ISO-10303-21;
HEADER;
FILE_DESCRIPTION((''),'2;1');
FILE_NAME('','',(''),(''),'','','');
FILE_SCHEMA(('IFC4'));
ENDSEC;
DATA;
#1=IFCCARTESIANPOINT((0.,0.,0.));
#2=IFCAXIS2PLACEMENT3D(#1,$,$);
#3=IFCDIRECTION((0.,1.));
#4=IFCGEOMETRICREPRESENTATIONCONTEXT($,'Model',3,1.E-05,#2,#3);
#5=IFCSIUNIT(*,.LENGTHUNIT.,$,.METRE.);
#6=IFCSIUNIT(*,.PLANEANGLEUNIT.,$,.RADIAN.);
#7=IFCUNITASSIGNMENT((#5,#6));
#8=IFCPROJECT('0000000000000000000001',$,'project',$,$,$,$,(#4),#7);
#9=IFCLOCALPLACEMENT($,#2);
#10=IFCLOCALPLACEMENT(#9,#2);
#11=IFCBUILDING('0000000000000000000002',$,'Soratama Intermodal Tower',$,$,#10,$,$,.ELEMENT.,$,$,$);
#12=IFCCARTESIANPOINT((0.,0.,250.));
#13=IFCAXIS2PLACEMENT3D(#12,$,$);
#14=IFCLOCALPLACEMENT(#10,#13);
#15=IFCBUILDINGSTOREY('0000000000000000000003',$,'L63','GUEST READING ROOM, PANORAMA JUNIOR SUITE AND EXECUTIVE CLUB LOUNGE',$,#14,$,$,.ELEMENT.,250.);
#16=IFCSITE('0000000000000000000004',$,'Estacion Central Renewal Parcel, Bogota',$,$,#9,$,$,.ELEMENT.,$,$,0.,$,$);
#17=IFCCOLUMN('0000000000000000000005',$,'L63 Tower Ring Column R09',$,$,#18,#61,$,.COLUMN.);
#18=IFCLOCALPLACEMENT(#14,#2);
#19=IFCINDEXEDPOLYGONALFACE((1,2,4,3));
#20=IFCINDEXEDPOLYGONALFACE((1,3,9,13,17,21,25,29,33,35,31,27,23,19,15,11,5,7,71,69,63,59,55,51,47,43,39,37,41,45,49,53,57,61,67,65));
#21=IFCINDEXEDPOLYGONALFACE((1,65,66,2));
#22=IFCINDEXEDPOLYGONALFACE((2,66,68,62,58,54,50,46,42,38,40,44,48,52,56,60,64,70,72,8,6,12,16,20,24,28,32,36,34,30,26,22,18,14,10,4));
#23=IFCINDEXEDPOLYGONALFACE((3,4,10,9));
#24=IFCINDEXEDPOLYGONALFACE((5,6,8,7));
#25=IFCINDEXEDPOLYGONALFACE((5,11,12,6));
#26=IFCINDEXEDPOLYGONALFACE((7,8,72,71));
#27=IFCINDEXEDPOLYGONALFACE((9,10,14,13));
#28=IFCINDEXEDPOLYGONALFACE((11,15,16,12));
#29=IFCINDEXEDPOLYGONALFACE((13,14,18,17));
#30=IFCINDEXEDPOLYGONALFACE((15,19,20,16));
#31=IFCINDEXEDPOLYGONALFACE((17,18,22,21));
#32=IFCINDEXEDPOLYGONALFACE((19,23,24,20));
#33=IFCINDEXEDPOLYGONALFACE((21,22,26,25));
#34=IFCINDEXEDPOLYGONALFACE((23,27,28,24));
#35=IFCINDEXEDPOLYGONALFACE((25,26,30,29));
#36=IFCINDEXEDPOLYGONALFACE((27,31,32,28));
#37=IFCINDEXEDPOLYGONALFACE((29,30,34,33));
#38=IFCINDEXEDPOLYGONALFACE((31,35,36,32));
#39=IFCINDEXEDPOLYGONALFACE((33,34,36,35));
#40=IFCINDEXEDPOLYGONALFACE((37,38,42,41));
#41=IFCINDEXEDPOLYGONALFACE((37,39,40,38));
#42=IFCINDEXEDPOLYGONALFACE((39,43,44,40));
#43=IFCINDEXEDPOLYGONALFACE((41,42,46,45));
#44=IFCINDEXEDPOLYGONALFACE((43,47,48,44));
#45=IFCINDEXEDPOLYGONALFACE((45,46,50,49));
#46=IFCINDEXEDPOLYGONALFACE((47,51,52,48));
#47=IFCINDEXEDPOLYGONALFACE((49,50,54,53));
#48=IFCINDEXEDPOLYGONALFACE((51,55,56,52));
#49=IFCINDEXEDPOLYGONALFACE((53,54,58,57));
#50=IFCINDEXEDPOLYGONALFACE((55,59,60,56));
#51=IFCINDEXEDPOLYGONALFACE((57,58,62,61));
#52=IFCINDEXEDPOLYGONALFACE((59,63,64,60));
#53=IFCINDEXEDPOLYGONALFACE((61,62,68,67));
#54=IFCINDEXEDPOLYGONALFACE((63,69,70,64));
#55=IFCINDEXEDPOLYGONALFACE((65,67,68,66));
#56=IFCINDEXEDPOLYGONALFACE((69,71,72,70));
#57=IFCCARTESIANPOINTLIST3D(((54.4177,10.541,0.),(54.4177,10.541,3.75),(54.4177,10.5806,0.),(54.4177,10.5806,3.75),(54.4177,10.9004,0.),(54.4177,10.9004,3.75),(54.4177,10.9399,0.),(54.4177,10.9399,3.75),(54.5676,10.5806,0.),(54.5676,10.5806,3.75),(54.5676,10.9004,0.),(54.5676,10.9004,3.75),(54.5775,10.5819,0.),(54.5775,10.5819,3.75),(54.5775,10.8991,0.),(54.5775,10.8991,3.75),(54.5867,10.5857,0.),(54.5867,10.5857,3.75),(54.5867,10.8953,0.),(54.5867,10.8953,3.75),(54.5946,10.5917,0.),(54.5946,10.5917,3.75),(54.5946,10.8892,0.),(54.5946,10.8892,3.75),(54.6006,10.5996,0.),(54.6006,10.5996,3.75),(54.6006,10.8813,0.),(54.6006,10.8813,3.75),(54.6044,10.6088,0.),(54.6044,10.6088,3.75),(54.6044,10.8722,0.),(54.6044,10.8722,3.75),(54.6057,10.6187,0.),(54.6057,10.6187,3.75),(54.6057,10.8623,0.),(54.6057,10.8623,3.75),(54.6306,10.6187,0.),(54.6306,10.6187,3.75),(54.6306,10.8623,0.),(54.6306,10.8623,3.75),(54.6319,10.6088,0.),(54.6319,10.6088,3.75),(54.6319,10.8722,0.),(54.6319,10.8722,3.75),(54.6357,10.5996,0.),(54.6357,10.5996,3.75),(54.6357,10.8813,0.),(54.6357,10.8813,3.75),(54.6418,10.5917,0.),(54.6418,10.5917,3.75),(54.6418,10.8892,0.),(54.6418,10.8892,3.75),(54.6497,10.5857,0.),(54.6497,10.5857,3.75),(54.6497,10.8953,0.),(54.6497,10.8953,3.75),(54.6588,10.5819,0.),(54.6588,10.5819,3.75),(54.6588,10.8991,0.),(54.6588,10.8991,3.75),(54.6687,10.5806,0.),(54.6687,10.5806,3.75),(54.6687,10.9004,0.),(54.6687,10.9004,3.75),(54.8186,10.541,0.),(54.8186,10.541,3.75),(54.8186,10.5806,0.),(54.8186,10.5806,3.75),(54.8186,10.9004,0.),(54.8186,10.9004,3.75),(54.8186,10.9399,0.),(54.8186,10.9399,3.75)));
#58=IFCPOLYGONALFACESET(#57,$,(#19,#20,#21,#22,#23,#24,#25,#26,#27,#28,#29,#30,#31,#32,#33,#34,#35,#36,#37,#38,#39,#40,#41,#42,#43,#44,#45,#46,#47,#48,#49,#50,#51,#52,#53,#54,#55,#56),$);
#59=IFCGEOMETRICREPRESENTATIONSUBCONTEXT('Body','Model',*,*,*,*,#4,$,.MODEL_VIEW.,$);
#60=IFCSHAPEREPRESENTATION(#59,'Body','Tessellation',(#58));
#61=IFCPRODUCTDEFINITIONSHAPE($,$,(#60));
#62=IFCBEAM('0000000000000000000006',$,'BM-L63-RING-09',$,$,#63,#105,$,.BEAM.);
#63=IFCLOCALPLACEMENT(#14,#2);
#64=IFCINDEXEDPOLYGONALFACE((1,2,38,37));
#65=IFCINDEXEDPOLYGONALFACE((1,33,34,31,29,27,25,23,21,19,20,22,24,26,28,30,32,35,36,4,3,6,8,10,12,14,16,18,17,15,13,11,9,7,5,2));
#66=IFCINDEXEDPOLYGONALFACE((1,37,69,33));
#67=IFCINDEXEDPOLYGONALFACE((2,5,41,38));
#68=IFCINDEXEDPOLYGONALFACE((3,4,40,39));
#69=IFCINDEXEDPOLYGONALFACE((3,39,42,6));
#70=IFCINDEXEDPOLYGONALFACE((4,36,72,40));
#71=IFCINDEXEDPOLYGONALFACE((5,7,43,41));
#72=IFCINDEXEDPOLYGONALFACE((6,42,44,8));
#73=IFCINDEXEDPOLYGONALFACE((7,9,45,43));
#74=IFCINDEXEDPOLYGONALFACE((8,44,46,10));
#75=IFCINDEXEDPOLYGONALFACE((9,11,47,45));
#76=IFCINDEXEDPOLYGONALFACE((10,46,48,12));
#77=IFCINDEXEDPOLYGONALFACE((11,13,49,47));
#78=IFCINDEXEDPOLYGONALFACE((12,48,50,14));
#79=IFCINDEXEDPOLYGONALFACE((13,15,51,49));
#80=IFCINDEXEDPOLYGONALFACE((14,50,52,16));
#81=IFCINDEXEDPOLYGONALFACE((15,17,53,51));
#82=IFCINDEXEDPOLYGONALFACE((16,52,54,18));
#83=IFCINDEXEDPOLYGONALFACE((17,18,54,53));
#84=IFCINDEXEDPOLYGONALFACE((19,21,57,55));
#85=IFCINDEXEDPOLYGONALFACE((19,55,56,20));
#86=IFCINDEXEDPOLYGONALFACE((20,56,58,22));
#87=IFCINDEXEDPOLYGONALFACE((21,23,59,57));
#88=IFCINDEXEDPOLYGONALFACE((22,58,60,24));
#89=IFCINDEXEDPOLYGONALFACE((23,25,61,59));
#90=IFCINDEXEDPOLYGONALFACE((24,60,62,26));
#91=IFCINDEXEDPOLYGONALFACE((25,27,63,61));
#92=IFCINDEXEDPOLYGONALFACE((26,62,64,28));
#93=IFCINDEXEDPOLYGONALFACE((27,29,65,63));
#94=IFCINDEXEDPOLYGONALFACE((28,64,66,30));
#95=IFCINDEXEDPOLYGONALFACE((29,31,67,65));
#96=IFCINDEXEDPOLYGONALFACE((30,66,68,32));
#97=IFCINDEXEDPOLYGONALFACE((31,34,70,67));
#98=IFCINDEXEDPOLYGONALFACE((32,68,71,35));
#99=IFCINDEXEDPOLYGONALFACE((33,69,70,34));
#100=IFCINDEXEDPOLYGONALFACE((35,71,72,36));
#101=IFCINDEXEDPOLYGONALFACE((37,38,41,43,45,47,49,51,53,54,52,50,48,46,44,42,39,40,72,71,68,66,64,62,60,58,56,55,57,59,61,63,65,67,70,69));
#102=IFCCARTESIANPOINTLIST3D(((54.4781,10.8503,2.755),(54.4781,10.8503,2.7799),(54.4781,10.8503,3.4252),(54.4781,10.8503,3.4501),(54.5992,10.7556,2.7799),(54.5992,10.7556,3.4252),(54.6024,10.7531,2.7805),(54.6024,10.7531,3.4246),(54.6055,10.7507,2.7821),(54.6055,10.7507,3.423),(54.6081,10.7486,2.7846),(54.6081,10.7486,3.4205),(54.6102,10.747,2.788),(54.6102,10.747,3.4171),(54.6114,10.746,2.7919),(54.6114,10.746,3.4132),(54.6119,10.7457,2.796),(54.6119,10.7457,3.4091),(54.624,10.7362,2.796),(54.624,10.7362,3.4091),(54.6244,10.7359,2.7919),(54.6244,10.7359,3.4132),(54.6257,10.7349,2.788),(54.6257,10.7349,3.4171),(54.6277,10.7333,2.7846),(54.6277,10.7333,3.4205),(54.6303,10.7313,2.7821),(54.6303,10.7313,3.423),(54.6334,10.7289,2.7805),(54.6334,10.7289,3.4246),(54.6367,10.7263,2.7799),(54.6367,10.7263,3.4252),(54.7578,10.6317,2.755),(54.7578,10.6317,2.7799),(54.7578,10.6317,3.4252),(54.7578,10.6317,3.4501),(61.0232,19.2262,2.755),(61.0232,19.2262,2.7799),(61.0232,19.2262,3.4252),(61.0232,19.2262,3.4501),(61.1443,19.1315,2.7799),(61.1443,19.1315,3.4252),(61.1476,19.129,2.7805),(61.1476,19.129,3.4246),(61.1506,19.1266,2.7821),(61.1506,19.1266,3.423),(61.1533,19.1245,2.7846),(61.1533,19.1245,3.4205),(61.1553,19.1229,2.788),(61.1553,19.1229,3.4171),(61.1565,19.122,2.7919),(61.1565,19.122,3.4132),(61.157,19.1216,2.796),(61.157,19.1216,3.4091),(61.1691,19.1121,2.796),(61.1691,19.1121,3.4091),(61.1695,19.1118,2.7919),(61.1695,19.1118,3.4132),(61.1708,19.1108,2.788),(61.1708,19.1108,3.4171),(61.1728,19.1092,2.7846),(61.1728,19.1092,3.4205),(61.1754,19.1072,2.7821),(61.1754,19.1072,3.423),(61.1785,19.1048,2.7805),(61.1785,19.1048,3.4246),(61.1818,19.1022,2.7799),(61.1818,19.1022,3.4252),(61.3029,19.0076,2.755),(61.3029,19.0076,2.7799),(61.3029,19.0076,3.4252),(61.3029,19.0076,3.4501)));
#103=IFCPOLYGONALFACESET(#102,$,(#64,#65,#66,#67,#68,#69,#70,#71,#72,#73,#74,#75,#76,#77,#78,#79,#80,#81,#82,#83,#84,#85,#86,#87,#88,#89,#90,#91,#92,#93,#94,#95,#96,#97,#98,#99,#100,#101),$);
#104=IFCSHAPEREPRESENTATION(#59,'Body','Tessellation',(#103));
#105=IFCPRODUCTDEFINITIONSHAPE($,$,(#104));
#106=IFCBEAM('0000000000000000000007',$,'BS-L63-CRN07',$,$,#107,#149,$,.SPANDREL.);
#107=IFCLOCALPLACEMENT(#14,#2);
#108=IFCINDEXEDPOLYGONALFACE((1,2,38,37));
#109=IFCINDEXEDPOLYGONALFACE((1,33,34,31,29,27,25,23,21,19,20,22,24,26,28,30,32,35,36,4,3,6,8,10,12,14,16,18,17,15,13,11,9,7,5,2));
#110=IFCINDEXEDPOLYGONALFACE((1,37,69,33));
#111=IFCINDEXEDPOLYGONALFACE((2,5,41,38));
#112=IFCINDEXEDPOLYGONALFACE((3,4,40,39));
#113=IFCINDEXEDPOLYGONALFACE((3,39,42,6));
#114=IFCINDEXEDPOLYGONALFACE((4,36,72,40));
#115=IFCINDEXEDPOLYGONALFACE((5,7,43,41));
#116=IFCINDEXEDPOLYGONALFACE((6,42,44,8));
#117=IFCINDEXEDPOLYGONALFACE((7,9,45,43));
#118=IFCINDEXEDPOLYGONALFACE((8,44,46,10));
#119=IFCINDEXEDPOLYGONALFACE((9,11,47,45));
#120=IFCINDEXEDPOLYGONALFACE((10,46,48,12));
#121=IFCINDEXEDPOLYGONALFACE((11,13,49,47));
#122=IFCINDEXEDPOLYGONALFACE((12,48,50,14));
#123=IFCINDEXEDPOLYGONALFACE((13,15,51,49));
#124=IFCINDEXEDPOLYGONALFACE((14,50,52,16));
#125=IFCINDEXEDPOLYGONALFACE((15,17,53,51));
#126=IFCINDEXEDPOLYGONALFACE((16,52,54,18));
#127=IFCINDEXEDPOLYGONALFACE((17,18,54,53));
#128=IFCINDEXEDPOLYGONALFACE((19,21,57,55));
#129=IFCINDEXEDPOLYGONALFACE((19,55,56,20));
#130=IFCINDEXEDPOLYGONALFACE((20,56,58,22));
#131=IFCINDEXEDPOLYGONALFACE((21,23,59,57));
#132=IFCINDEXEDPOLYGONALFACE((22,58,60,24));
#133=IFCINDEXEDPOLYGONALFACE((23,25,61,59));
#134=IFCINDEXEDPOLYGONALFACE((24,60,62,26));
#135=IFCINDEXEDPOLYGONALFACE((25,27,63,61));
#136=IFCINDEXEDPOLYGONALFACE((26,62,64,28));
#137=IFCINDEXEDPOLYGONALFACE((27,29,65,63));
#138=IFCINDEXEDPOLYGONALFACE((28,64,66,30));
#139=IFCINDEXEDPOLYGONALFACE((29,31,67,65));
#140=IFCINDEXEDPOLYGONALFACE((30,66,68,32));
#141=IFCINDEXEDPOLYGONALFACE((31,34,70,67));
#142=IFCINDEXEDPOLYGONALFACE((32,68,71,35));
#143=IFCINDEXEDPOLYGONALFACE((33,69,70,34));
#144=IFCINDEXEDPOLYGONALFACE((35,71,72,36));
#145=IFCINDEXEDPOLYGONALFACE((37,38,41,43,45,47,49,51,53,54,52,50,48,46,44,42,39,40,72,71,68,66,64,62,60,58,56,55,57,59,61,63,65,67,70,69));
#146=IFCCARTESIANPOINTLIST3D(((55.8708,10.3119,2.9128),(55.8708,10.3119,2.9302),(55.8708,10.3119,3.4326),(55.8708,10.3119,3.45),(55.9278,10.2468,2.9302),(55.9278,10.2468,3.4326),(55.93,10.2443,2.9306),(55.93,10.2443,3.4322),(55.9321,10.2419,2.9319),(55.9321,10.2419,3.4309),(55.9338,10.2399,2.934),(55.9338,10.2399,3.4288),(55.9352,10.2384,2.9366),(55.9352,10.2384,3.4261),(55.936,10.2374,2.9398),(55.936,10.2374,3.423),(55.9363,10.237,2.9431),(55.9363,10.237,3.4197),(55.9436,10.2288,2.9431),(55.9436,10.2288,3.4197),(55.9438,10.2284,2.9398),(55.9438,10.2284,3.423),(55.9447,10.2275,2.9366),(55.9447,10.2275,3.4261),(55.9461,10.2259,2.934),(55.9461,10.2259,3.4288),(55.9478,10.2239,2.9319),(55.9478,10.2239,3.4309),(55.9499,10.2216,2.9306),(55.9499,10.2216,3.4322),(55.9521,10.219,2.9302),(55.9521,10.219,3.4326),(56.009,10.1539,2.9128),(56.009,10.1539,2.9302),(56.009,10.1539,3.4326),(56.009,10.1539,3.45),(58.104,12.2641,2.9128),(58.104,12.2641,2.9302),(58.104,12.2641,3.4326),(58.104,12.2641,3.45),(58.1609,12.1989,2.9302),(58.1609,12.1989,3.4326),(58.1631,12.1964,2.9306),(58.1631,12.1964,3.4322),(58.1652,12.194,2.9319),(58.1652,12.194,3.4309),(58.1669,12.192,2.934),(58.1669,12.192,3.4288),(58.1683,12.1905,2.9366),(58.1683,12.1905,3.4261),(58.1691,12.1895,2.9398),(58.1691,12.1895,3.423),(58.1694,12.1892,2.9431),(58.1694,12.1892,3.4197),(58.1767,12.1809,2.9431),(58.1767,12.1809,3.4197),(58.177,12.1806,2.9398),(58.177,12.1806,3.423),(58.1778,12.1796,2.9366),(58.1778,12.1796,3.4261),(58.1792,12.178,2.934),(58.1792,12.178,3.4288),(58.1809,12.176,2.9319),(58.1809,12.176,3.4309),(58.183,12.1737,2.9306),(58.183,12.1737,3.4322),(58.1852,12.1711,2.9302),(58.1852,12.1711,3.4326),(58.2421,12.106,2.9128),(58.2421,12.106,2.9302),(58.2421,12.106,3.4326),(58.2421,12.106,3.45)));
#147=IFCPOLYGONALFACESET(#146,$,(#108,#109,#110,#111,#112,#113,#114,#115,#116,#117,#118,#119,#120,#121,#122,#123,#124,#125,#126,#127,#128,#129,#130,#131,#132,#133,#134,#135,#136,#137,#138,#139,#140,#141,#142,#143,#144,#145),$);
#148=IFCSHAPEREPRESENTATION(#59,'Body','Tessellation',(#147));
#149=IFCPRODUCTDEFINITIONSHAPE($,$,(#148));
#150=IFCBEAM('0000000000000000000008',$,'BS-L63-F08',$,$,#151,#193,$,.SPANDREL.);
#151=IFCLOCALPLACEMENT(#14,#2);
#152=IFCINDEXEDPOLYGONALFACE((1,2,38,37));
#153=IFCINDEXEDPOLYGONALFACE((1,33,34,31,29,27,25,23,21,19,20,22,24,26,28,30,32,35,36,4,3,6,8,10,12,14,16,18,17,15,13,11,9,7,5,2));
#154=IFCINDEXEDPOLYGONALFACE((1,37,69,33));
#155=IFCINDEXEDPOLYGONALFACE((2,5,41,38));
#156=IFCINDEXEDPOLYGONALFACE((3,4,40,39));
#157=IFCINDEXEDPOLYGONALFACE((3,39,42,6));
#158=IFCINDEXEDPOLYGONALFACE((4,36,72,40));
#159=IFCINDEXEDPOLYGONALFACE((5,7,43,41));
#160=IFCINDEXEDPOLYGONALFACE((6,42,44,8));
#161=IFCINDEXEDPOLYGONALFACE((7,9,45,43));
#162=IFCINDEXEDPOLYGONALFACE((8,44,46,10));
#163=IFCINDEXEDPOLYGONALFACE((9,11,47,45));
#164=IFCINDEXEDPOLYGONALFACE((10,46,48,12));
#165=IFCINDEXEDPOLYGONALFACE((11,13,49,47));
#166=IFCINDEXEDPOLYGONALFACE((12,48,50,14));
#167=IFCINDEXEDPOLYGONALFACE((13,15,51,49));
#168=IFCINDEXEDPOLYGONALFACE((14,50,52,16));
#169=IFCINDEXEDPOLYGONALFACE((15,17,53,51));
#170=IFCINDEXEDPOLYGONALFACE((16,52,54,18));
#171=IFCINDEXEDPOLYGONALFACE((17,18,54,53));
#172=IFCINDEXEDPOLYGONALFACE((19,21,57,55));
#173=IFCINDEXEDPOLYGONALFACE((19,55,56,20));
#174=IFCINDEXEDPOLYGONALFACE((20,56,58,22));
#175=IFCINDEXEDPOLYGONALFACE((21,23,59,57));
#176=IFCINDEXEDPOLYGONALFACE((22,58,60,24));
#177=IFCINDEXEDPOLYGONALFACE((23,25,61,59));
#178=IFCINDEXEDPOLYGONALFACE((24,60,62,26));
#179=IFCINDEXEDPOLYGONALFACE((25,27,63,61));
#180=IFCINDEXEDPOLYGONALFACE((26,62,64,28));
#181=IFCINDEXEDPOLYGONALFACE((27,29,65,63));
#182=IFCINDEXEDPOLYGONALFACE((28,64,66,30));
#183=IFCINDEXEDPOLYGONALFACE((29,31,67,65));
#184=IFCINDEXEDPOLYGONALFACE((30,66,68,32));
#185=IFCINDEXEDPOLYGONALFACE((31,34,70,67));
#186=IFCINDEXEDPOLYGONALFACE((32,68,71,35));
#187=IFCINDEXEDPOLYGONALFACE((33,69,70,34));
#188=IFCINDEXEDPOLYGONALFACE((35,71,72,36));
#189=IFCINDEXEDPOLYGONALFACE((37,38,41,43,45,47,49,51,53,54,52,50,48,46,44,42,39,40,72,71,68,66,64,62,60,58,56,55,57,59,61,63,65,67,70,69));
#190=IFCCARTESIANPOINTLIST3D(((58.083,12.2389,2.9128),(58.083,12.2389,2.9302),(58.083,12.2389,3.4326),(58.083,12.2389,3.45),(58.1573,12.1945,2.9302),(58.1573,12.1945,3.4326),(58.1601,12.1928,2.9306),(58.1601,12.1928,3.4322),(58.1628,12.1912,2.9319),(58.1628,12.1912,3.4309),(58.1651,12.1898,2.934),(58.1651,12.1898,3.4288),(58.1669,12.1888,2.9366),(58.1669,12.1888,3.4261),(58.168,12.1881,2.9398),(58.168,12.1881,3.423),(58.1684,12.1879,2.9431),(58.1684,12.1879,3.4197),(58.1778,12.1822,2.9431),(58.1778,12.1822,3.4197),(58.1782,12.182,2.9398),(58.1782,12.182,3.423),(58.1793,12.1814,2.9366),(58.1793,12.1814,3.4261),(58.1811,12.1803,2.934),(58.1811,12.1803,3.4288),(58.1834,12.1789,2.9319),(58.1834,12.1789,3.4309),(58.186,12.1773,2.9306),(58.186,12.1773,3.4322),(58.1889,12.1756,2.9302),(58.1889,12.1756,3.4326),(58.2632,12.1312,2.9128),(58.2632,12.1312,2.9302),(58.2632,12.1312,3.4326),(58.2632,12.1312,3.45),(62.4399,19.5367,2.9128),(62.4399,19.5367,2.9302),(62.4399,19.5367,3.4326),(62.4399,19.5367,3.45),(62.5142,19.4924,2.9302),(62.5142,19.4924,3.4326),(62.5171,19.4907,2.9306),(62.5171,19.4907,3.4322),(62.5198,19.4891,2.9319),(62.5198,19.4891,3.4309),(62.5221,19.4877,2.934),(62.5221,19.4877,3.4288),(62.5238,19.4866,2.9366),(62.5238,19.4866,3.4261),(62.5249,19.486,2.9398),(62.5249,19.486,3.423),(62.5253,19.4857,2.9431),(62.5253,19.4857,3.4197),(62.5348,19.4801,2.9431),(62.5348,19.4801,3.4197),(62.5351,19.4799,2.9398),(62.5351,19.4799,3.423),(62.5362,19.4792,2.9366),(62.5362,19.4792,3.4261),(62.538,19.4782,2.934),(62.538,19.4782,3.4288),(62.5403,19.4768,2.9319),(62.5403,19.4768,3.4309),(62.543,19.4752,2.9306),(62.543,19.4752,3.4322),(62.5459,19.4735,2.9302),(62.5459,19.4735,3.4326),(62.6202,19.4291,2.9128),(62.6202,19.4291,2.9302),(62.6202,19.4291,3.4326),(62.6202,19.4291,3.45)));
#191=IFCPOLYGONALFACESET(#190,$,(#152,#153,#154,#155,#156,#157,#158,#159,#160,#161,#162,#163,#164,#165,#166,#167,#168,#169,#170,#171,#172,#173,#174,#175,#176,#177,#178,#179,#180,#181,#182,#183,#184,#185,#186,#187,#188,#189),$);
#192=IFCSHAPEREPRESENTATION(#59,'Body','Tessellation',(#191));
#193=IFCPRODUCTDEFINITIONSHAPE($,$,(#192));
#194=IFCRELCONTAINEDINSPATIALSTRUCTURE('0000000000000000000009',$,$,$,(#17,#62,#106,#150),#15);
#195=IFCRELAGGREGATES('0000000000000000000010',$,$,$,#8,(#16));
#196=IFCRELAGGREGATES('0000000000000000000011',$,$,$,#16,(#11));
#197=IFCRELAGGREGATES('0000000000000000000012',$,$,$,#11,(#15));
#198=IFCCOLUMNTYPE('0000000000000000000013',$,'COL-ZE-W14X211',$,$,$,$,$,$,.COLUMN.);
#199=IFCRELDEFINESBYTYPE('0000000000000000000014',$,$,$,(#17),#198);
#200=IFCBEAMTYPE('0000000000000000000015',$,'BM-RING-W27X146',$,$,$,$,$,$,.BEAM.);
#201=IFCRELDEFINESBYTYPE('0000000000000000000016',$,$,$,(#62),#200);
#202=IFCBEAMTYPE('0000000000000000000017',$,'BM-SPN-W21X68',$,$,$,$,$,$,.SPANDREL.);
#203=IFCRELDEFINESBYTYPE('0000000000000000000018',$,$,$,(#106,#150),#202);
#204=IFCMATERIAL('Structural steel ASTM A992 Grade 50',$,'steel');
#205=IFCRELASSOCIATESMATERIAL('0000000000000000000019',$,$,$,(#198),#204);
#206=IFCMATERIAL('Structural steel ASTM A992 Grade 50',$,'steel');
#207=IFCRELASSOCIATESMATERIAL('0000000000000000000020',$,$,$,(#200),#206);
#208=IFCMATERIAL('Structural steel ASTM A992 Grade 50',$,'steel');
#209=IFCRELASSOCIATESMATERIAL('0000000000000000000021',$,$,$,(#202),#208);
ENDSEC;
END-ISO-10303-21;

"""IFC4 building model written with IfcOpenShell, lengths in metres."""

from ifc_helpers import new_model, si_unit, direction, frame, origin, origin_2d, place, context, subcontext, project, spatial, i_section, extrude, material, material_profile, profile_set, type_object, element, save


model = new_model("IFC4")

# Units and contexts
model_context = context("Model", 3, precision=1e-05, world=origin(), true_north=direction((0.0, 1.0)))
body_context = subcontext(model_context, "Body", "Model", "MODEL_VIEW")
ifc_project = project(units=[si_unit("LENGTHUNIT", "METRE"), si_unit("PLANEANGLEUNIT", "RADIAN")], contexts=[model_context])

# Site, building, storey
site_placement = place(None, origin())
site = spatial("IfcSite", under=ifc_project, at=site_placement, Name="Estacion Central Renewal Parcel, Bogota", CompositionType="ELEMENT", RefElevation=0.0)
building_placement = place(site_placement, origin())
building = spatial("IfcBuilding", under=site, at=building_placement, Name="Soratama Intermodal Tower", CompositionType="ELEMENT")
storey_placement = place(building_placement, frame((0.0, 0.0, 250.0)))
storey = spatial("IfcBuildingStorey", under=building, at=storey_placement, Name="L63", Description="GUEST READING ROOM, PANORAMA JUNIOR SUITE AND EXECUTIVE CLUB LOUNGE", CompositionType="ELEMENT", Elevation=250.0)

# Column
ifc_material_1 = material(Name="Structural steel ASTM A992 Grade 50", Category="steel")
ifc_material_profile_1 = material_profile(ifc_material_1, i_section(OverallWidth=0.4009, OverallDepth=0.3989, WebThickness=0.0249, FlangeThickness=0.0396, FilletRadius=0.0381, at=origin_2d()), Name="W14X211")
ifc_profile_set_1 = profile_set([ifc_material_profile_1], Name="Structural steel ASTM A992 Grade 50")
column_type = type_object("IfcColumnType", Name="COL-ZE-W14X211", PredefinedType="COLUMN", material=ifc_profile_set_1)
column_placement = place(storey_placement, frame((54.6182, 10.7405, 0.0), z_axis=(0.0, 0.0, 1.0), x_axis=(1.0, 0.0, 0.0)))
element("IfcColumn", 1, at=column_placement, inside=storey, type_object=column_type, Name="L63 Tower Ring Column R09", PredefinedType="COLUMN", context=body_context, shape_type="SweptSolid", body=[
    extrude(i_section(OverallWidth=0.4009, OverallDepth=0.3989, WebThickness=0.0249, FlangeThickness=0.0396, FilletRadius=0.0381, at=origin_2d()), origin(), (0.0, 0.0, 1.0), 3.75),
])

# Beams
ifc_material_2 = material(Name="Structural steel ASTM A992 Grade 50", Category="steel")
ifc_material_profile_2 = material_profile(ifc_material_2, i_section(OverallWidth=0.355, OverallDepth=0.6951, WebThickness=0.0154, FlangeThickness=0.0249, FilletRadius=0.0161, at=origin_2d()), Name="W27X146")
ifc_profile_set_2 = profile_set([ifc_material_profile_2], Name="Structural steel ASTM A992 Grade 50")
beam_type_1 = type_object("IfcBeamType", Name="BM-RING-W27X146", PredefinedType="BEAM", material=ifc_profile_set_2)
beam_1_placement = place(storey_placement, frame((54.6179, 10.741, 3.1025), z_axis=(0.615728, 0.787959, 0.0), x_axis=(-0.787959, 0.615728, 0.0)))
element("IfcBeam", 2, at=beam_1_placement, inside=storey, type_object=beam_type_1, Name="BM-L63-RING-09", PredefinedType="BEAM", context=body_context, shape_type="SweptSolid", body=[
    extrude(i_section(OverallWidth=0.355, OverallDepth=0.6951, WebThickness=0.0154, FlangeThickness=0.0249, FilletRadius=0.0161, at=origin_2d()), origin(), (0.0, 0.0, 1.0), 10.6299),
])
ifc_material_3 = material(Name="Structural steel ASTM A992 Grade 50", Category="steel")
ifc_material_profile_3 = material_profile(ifc_material_3, i_section(OverallWidth=0.21, OverallDepth=0.5371, WebThickness=0.011, FlangeThickness=0.0173, FilletRadius=0.0129, at=origin_2d()), Name="W21X68")
ifc_profile_set_3 = profile_set([ifc_material_profile_3], Name="Structural steel ASTM A992 Grade 50")
beam_type_2 = type_object("IfcBeamType", Name="BM-SPN-W21X68", PredefinedType="SPANDREL", material=ifc_profile_set_3)
beam_2_placement = place(storey_placement, frame((55.9399, 10.2329, 3.1814), z_axis=(0.752888, 0.658149, 0.0), x_axis=(-0.658149, 0.752888, 0.0)))
element("IfcBeam", 3, at=beam_2_placement, inside=storey, type_object=beam_type_2, Name="BS-L63-CRN07", PredefinedType="SPANDREL", context=body_context, shape_type="SweptSolid", body=[
    extrude(i_section(OverallWidth=0.21, OverallDepth=0.5371, WebThickness=0.011, FlangeThickness=0.0173, FilletRadius=0.0129, at=origin_2d()), origin(), (0.0, 0.0, 1.0), 2.9661),
])
beam_3_placement = place(storey_placement, frame((58.1731, 12.1851, 3.1814), z_axis=(0.512611, 0.858621, 0.0), x_axis=(-0.858621, 0.512611, 0.0)))
element("IfcBeam", 4, at=beam_3_placement, inside=storey, type_object=beam_type_2, Name="BS-L63-F08", PredefinedType="SPANDREL", context=body_context, shape_type="SweptSolid", body=[
    extrude(i_section(OverallWidth=0.21, OverallDepth=0.5371, WebThickness=0.011, FlangeThickness=0.0173, FilletRadius=0.0129, at=origin_2d()), origin(), (0.0, 0.0, 1.0), 8.4995),
])

save(model, "model.ifc")
